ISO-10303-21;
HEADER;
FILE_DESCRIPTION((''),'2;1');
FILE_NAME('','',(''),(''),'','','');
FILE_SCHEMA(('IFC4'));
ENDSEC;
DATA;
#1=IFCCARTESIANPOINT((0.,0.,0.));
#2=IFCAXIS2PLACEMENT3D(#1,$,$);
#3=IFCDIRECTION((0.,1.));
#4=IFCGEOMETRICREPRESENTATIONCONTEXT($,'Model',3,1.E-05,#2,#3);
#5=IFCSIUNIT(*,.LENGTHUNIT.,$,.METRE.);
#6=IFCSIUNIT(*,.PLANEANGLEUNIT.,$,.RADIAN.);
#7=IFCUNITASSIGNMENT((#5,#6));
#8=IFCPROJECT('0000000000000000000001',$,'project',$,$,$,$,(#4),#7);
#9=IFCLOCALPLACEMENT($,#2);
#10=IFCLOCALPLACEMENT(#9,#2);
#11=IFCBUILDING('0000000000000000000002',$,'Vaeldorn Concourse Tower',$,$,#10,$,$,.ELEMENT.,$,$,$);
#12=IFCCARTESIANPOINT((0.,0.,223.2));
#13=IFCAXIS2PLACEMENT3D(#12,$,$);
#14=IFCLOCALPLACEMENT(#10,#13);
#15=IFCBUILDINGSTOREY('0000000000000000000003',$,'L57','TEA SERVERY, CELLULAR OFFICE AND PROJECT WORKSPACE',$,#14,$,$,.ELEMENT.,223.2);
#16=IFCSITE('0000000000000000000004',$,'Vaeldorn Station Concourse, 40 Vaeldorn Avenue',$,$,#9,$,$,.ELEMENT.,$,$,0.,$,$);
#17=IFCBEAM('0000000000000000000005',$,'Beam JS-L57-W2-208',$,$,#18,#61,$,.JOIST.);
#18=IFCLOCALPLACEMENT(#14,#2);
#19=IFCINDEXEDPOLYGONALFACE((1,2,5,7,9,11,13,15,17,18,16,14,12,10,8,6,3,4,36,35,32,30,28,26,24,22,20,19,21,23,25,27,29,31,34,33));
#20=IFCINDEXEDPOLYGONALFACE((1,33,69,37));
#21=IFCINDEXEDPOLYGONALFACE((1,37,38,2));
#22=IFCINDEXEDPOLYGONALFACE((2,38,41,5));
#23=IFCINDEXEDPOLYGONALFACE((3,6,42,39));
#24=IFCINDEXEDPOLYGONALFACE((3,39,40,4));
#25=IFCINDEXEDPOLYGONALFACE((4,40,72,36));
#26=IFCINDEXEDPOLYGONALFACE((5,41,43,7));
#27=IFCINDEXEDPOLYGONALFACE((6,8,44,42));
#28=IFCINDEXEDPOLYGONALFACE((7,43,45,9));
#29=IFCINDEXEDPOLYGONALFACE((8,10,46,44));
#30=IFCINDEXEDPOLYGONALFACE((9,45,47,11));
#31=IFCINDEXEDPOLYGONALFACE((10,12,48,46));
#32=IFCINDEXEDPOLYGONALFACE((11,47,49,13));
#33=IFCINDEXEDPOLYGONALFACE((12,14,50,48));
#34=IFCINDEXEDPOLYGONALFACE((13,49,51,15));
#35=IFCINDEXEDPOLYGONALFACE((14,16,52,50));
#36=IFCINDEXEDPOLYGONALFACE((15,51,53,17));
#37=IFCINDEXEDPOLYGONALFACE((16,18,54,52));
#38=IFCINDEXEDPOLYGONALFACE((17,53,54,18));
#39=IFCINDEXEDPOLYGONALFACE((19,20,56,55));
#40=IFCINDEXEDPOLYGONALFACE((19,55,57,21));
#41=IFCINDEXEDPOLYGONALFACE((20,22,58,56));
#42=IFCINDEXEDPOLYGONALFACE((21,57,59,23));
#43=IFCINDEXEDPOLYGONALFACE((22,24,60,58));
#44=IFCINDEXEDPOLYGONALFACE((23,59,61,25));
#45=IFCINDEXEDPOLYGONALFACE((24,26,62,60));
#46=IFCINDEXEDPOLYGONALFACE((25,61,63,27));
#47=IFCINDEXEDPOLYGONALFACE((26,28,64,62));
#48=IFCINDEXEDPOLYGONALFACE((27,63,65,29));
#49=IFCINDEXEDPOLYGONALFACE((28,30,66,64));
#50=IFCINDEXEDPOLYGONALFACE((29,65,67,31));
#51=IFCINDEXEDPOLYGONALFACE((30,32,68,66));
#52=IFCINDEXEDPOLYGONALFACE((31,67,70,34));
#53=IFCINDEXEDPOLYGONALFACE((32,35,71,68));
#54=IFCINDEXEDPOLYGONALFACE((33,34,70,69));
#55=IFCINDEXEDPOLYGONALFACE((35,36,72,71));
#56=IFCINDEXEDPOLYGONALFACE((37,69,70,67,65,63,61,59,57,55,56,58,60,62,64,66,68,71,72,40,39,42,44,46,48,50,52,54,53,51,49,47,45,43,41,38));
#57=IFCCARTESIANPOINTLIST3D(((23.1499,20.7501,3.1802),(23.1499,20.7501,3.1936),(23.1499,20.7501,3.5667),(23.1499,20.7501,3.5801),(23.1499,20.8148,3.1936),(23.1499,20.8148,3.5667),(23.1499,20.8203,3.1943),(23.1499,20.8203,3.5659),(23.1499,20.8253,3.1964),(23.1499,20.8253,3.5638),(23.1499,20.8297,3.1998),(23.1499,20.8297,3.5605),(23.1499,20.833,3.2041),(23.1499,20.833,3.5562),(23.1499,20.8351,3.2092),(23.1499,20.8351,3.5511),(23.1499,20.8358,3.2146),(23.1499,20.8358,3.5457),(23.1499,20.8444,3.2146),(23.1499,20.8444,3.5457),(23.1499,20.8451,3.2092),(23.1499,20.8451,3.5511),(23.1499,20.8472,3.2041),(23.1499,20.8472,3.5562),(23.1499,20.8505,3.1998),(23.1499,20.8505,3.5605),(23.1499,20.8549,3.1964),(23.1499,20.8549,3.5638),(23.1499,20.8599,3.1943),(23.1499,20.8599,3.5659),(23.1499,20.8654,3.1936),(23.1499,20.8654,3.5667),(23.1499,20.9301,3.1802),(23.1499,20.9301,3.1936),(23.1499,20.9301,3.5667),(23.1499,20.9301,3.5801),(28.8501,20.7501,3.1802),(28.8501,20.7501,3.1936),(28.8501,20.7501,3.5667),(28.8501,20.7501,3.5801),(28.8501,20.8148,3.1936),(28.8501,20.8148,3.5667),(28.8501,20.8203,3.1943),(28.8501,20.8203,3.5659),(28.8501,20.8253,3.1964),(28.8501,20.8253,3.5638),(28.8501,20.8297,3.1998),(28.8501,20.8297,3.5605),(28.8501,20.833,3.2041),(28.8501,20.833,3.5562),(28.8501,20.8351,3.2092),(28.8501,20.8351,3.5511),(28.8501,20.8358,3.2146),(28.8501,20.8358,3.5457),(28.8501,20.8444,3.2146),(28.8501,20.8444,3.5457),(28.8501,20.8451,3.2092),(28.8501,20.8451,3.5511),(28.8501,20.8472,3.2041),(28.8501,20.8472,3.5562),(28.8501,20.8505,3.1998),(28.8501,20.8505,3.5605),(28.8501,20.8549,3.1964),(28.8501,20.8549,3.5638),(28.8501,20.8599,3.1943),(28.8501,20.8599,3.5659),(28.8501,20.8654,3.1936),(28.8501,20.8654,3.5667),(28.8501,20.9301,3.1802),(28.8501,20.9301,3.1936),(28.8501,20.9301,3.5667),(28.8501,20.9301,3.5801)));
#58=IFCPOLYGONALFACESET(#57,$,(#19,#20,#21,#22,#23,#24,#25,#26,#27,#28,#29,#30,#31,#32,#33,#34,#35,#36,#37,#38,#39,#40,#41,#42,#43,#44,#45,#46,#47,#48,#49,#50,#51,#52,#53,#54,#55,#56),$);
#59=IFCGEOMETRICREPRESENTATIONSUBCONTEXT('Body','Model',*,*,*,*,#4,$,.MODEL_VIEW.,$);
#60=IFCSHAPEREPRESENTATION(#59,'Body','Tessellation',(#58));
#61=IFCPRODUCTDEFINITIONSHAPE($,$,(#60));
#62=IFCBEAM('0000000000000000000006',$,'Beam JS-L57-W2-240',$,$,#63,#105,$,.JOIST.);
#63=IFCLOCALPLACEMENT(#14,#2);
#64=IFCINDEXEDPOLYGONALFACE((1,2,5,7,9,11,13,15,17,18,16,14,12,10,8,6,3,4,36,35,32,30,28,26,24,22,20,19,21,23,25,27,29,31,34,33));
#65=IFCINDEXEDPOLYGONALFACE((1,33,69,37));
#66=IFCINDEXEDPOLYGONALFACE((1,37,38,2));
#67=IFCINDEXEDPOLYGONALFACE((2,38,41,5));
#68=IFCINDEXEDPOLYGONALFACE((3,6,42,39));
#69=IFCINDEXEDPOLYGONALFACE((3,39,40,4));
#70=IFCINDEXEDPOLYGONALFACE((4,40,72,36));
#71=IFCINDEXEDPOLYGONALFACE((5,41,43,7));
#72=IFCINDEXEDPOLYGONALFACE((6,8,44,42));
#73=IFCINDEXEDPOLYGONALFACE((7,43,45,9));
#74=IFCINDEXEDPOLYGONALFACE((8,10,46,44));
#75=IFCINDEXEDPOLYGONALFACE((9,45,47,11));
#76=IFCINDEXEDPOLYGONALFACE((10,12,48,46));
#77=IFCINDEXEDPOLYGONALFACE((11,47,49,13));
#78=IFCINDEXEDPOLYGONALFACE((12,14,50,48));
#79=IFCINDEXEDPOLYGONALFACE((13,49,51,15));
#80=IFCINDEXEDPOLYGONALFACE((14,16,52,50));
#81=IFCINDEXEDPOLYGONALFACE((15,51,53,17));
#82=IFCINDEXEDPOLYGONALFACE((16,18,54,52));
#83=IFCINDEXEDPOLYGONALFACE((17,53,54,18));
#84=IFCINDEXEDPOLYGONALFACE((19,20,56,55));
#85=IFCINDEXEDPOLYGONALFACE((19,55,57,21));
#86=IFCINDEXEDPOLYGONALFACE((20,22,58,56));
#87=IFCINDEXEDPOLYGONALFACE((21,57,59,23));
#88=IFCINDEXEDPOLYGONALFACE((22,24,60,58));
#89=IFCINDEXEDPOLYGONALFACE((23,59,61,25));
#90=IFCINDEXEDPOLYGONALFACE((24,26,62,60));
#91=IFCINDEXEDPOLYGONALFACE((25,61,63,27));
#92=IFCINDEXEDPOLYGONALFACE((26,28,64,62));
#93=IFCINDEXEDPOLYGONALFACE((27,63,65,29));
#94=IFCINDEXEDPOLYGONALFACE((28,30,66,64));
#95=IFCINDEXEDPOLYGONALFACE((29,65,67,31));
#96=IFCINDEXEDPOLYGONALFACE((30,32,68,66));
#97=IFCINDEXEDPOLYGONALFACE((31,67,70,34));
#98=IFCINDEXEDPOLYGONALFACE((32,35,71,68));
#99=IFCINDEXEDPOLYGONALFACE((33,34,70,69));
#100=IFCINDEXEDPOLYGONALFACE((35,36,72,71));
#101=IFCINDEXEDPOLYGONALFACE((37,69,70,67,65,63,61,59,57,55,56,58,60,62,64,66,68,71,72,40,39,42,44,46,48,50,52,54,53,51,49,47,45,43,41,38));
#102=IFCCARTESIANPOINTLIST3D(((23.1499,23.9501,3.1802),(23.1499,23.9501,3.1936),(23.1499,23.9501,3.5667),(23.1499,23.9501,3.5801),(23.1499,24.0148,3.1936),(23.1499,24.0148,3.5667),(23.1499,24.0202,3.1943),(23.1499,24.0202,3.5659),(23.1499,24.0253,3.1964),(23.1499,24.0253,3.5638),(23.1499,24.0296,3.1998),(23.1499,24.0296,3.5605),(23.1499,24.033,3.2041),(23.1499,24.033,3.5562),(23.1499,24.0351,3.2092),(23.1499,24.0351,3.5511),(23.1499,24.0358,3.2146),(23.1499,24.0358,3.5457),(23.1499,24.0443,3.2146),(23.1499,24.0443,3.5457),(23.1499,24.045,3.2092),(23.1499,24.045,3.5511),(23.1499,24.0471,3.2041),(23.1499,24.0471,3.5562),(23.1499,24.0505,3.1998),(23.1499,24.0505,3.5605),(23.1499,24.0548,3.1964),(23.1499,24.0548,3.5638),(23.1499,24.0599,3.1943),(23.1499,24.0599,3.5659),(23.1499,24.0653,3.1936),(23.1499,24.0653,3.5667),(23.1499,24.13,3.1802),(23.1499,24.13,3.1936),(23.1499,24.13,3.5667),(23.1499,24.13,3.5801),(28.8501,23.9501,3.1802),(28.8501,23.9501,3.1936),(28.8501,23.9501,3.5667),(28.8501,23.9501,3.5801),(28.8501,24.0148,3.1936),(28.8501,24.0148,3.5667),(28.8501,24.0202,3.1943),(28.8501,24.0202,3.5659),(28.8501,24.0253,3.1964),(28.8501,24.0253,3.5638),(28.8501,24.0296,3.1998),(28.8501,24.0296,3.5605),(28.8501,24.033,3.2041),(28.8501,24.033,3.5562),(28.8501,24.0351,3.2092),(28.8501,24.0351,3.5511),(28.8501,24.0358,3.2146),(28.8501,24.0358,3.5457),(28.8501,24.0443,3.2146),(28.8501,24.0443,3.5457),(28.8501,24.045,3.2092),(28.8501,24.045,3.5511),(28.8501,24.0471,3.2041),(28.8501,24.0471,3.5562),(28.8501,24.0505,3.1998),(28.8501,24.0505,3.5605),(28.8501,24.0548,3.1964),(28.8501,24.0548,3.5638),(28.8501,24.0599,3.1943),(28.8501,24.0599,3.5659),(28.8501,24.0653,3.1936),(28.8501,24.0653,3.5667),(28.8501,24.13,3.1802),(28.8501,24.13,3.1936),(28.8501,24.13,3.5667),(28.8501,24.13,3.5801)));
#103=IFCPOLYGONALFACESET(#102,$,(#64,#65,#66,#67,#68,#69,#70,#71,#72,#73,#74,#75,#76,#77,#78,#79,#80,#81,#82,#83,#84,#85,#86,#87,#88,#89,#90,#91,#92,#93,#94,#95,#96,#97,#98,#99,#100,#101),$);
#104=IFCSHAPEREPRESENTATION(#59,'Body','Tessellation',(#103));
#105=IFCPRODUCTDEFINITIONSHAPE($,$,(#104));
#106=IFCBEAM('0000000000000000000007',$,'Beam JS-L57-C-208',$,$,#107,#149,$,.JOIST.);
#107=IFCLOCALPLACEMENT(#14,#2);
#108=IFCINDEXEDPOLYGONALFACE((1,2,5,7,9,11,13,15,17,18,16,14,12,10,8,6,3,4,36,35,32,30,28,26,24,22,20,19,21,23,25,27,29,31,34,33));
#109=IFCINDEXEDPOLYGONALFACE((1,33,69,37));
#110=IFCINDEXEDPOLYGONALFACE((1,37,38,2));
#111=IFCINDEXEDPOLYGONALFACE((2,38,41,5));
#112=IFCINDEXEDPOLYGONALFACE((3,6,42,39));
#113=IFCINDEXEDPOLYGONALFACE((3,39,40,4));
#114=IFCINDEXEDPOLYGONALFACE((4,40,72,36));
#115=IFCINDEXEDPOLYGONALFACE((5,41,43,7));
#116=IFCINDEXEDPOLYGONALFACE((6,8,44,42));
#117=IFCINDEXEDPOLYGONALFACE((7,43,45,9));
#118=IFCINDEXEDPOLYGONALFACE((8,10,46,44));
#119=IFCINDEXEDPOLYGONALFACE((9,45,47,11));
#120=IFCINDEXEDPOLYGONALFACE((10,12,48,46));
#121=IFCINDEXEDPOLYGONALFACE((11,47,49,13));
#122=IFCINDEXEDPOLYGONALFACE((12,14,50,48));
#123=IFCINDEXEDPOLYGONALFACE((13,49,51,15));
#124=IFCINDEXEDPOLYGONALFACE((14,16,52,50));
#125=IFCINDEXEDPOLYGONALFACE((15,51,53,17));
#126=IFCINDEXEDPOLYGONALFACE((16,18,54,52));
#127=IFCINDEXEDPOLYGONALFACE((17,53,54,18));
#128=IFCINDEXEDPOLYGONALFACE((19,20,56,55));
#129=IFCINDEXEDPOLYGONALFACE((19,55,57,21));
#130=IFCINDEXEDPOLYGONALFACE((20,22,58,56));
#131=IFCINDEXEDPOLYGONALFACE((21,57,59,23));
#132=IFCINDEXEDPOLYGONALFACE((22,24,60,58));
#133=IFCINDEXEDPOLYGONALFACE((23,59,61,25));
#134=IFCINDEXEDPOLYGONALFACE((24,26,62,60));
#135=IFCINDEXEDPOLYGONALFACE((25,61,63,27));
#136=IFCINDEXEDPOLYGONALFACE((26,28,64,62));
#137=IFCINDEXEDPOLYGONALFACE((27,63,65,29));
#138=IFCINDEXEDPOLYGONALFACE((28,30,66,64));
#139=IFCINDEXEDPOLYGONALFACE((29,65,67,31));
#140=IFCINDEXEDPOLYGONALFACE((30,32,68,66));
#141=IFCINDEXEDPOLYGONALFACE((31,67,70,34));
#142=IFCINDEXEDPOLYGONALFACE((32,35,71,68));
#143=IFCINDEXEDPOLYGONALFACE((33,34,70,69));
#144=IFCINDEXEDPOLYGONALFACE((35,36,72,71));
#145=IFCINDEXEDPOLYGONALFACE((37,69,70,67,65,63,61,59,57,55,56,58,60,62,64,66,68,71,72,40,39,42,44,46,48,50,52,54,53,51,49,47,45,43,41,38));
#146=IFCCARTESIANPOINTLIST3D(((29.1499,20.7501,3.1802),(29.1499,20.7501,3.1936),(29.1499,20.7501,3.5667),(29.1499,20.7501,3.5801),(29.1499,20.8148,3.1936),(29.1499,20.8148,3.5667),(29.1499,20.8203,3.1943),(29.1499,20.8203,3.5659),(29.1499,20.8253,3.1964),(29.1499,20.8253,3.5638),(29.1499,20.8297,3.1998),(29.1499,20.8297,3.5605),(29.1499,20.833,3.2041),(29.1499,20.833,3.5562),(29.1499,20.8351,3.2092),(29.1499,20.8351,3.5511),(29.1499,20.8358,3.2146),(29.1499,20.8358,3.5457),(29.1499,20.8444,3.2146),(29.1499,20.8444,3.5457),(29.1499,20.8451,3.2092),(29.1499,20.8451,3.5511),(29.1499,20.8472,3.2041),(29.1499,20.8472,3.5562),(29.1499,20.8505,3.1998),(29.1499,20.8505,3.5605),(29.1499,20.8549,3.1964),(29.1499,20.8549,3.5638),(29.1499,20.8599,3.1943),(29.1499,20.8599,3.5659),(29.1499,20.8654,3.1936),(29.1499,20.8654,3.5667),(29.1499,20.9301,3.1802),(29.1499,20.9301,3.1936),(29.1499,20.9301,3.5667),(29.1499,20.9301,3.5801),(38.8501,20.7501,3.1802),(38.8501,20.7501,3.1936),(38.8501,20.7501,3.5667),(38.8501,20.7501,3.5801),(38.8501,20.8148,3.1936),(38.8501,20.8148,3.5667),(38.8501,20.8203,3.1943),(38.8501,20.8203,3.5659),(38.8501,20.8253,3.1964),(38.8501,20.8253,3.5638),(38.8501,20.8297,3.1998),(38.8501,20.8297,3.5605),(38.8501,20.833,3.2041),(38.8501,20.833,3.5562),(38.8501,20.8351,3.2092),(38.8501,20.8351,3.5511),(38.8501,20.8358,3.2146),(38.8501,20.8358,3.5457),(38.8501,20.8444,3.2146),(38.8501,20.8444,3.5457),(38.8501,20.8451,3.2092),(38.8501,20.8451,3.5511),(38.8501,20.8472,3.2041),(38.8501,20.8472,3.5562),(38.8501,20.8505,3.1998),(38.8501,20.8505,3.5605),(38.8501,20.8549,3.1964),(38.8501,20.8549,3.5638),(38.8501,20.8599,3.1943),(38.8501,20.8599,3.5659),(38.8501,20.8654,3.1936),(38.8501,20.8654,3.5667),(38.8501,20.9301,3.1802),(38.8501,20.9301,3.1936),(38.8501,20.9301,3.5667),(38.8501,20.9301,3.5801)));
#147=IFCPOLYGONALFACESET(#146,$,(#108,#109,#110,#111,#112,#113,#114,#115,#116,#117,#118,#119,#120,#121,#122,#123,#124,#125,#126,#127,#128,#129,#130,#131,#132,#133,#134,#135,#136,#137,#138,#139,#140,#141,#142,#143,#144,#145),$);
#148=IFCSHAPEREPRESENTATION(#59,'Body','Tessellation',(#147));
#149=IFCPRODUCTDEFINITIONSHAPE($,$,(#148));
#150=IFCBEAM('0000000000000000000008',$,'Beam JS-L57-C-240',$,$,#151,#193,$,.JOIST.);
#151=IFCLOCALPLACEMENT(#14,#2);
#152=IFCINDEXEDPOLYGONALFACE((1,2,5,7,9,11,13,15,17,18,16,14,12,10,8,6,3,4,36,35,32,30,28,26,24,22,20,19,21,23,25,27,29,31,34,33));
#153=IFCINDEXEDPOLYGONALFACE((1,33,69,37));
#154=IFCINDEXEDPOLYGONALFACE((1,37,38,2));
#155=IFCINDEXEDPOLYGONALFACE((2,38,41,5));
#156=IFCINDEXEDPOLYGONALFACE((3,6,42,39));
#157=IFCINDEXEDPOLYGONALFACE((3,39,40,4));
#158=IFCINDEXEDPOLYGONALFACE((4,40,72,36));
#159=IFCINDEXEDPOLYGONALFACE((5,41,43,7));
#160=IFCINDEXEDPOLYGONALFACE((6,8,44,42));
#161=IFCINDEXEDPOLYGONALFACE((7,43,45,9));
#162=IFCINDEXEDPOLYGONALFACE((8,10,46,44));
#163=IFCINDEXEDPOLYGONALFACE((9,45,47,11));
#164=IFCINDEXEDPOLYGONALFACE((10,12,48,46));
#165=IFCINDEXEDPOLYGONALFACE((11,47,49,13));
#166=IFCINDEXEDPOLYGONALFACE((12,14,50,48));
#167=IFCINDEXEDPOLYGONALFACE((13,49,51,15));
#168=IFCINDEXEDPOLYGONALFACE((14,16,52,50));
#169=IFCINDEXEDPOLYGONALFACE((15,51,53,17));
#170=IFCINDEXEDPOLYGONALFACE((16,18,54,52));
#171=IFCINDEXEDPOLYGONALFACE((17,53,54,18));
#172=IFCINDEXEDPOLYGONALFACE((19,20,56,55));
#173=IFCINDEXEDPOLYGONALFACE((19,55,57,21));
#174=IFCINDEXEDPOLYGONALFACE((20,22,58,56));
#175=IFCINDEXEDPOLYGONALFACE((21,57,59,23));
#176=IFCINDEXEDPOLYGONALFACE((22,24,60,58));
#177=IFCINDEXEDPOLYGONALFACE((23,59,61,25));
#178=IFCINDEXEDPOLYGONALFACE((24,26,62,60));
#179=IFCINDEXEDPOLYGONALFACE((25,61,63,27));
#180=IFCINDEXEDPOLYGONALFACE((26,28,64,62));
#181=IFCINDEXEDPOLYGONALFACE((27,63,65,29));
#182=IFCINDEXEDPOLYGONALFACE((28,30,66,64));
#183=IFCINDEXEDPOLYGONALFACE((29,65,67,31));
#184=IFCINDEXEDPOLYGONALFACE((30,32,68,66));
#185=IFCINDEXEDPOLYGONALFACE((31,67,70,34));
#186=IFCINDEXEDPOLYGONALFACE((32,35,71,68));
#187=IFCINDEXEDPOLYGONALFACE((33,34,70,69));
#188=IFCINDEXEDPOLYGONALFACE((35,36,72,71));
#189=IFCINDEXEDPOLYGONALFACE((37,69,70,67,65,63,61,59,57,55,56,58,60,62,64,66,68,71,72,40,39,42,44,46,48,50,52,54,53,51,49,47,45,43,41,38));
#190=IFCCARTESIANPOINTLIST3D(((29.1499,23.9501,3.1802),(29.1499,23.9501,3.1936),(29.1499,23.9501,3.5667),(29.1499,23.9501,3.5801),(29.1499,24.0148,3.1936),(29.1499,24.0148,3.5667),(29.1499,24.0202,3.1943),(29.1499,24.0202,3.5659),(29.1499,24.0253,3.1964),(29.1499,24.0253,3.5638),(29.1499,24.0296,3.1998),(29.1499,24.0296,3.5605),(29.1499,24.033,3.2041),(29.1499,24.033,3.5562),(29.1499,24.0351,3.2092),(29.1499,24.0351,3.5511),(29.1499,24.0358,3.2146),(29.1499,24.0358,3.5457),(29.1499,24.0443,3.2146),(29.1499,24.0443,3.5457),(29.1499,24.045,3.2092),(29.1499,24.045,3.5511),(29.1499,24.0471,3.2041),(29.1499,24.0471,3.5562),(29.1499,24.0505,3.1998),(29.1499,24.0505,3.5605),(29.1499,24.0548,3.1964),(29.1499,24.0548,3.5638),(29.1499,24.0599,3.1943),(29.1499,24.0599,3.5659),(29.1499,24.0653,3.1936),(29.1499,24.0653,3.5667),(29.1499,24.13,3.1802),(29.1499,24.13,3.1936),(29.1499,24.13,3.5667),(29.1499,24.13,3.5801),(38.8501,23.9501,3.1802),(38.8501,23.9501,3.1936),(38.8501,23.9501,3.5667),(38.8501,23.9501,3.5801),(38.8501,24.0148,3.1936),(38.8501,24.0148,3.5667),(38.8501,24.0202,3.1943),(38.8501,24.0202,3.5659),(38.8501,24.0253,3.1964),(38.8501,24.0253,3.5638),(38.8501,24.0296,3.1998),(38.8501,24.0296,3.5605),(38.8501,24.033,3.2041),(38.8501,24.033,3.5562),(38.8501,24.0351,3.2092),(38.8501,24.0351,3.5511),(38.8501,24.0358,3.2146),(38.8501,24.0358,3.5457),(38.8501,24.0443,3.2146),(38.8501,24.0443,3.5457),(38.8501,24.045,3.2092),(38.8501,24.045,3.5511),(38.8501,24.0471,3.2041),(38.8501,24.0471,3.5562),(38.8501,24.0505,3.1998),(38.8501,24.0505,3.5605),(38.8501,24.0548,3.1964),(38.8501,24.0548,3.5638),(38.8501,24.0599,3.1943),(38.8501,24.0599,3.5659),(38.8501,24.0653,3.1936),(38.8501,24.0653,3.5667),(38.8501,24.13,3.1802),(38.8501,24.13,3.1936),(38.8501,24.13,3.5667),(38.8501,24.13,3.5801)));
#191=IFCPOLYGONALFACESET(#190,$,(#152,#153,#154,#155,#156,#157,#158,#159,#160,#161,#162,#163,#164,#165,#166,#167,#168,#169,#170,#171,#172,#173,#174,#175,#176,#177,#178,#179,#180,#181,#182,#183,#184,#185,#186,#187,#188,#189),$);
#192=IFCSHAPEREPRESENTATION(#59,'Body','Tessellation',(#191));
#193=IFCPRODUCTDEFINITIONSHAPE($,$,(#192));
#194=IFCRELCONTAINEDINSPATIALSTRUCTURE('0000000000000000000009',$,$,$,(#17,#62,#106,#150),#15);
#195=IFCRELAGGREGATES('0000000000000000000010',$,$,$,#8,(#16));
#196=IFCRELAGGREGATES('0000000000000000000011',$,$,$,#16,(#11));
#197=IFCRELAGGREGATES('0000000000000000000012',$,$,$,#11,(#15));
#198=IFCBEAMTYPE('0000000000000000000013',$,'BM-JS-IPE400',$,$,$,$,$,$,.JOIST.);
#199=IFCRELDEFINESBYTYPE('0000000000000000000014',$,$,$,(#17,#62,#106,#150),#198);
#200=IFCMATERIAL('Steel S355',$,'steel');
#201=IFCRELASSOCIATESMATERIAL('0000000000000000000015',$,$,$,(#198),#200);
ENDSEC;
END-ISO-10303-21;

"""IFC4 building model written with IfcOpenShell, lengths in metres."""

from ifc_helpers import new_model, si_unit, direction, frame, origin, origin_2d, place, context, subcontext, project, spatial, i_section, extrude, source, transform, mapped, material, material_profile, profile_set, type_object, element, save


model = new_model("IFC4")

# Units and contexts
model_context = context("Model", 3, precision=1e-05, world=origin(), true_north=direction((0.0, 1.0)))
body_context = subcontext(model_context, "Body", "Model", "MODEL_VIEW")
ifc_project = project(units=[si_unit("LENGTHUNIT", "METRE"), si_unit("PLANEANGLEUNIT", "RADIAN")], contexts=[model_context])

# Site, building, storey
site_placement = place(None, origin())
site = spatial("IfcSite", under=ifc_project, at=site_placement, Name="Vaeldorn Station Concourse, 40 Vaeldorn Avenue", CompositionType="ELEMENT", RefElevation=0.0)
building_placement = place(site_placement, origin())
building = spatial("IfcBuilding", under=site, at=building_placement, Name="Vaeldorn Concourse Tower", CompositionType="ELEMENT")
storey_placement = place(building_placement, frame((0.0, 0.0, 223.2)))
storey = spatial("IfcBuildingStorey", under=building, at=storey_placement, Name="L57", Description="TEA SERVERY, CELLULAR OFFICE AND PROJECT WORKSPACE", CompositionType="ELEMENT", Elevation=223.2)

# Shared definitions
ifc_material_1 = material(Name="Steel S355", Category="steel")

# Beams
ifc_material_profile_1 = material_profile(ifc_material_1, i_section(OverallWidth=0.1799, OverallDepth=0.3999, WebThickness=0.0085, FlangeThickness=0.0134, FilletRadius=0.021, at=origin_2d()), Name="IPE 400")
ifc_profile_set_1 = profile_set([ifc_material_profile_1], Name="Steel S355")
beam_type_1 = type_object("IfcBeamType", Name="BM-JS-IPE400", PredefinedType="JOIST", material=ifc_profile_set_1)
shared_shape_1 = source(origin(), body_context, "Body", "SweptSolid", [
    extrude(i_section(OverallWidth=0.1799, OverallDepth=0.3999, WebThickness=0.0085, FlangeThickness=0.0134, FilletRadius=0.021, at=origin_2d()), origin(), (0.0, 0.0, 1.0), 5.7002),
])
for number, where, z_axis, x_axis, name in (
    (1, (23.1499, 20.8401, 3.3801), (1.0, 0.0, 0.0), (0.0, 1.0, 0.0), "Beam JS-L57-W2-208"),
    (2, (23.1499, 24.04, 3.3801), (1.0, 0.0, 0.0), (0.0, 1.0, 0.0), "Beam JS-L57-W2-240"),
):
    element("IfcBeam", number, at=place(storey_placement, frame(where, z_axis=z_axis, x_axis=x_axis)), inside=storey, type_object=beam_type_1, Name=name, PredefinedType="JOIST", context=body_context, shape_type="MappedRepresentation", body=[
        mapped(shared_shape_1, transform((0.0, 0.0, 0.0), scale=1.0)),
    ])
shared_shape_2 = source(origin(), body_context, "Body", "SweptSolid", [
    extrude(i_section(OverallWidth=0.1799, OverallDepth=0.3999, WebThickness=0.0085, FlangeThickness=0.0134, FilletRadius=0.021, at=origin_2d()), origin(), (0.0, 0.0, 1.0), 9.7002),
])
for number, where, z_axis, x_axis, name in (
    (3, (29.1499, 20.8401, 3.3801), (1.0, 0.0, 0.0), (0.0, 1.0, 0.0), "Beam JS-L57-C-208"),
    (4, (29.1499, 24.04, 3.3801), (1.0, 0.0, 0.0), (0.0, 1.0, 0.0), "Beam JS-L57-C-240"),
):
    element("IfcBeam", number, at=place(storey_placement, frame(where, z_axis=z_axis, x_axis=x_axis)), inside=storey, type_object=beam_type_1, Name=name, PredefinedType="JOIST", context=body_context, shape_type="MappedRepresentation", body=[
        mapped(shared_shape_2, transform((0.0, 0.0, 0.0), scale=1.0)),
    ])

save(model, "model.ifc")
